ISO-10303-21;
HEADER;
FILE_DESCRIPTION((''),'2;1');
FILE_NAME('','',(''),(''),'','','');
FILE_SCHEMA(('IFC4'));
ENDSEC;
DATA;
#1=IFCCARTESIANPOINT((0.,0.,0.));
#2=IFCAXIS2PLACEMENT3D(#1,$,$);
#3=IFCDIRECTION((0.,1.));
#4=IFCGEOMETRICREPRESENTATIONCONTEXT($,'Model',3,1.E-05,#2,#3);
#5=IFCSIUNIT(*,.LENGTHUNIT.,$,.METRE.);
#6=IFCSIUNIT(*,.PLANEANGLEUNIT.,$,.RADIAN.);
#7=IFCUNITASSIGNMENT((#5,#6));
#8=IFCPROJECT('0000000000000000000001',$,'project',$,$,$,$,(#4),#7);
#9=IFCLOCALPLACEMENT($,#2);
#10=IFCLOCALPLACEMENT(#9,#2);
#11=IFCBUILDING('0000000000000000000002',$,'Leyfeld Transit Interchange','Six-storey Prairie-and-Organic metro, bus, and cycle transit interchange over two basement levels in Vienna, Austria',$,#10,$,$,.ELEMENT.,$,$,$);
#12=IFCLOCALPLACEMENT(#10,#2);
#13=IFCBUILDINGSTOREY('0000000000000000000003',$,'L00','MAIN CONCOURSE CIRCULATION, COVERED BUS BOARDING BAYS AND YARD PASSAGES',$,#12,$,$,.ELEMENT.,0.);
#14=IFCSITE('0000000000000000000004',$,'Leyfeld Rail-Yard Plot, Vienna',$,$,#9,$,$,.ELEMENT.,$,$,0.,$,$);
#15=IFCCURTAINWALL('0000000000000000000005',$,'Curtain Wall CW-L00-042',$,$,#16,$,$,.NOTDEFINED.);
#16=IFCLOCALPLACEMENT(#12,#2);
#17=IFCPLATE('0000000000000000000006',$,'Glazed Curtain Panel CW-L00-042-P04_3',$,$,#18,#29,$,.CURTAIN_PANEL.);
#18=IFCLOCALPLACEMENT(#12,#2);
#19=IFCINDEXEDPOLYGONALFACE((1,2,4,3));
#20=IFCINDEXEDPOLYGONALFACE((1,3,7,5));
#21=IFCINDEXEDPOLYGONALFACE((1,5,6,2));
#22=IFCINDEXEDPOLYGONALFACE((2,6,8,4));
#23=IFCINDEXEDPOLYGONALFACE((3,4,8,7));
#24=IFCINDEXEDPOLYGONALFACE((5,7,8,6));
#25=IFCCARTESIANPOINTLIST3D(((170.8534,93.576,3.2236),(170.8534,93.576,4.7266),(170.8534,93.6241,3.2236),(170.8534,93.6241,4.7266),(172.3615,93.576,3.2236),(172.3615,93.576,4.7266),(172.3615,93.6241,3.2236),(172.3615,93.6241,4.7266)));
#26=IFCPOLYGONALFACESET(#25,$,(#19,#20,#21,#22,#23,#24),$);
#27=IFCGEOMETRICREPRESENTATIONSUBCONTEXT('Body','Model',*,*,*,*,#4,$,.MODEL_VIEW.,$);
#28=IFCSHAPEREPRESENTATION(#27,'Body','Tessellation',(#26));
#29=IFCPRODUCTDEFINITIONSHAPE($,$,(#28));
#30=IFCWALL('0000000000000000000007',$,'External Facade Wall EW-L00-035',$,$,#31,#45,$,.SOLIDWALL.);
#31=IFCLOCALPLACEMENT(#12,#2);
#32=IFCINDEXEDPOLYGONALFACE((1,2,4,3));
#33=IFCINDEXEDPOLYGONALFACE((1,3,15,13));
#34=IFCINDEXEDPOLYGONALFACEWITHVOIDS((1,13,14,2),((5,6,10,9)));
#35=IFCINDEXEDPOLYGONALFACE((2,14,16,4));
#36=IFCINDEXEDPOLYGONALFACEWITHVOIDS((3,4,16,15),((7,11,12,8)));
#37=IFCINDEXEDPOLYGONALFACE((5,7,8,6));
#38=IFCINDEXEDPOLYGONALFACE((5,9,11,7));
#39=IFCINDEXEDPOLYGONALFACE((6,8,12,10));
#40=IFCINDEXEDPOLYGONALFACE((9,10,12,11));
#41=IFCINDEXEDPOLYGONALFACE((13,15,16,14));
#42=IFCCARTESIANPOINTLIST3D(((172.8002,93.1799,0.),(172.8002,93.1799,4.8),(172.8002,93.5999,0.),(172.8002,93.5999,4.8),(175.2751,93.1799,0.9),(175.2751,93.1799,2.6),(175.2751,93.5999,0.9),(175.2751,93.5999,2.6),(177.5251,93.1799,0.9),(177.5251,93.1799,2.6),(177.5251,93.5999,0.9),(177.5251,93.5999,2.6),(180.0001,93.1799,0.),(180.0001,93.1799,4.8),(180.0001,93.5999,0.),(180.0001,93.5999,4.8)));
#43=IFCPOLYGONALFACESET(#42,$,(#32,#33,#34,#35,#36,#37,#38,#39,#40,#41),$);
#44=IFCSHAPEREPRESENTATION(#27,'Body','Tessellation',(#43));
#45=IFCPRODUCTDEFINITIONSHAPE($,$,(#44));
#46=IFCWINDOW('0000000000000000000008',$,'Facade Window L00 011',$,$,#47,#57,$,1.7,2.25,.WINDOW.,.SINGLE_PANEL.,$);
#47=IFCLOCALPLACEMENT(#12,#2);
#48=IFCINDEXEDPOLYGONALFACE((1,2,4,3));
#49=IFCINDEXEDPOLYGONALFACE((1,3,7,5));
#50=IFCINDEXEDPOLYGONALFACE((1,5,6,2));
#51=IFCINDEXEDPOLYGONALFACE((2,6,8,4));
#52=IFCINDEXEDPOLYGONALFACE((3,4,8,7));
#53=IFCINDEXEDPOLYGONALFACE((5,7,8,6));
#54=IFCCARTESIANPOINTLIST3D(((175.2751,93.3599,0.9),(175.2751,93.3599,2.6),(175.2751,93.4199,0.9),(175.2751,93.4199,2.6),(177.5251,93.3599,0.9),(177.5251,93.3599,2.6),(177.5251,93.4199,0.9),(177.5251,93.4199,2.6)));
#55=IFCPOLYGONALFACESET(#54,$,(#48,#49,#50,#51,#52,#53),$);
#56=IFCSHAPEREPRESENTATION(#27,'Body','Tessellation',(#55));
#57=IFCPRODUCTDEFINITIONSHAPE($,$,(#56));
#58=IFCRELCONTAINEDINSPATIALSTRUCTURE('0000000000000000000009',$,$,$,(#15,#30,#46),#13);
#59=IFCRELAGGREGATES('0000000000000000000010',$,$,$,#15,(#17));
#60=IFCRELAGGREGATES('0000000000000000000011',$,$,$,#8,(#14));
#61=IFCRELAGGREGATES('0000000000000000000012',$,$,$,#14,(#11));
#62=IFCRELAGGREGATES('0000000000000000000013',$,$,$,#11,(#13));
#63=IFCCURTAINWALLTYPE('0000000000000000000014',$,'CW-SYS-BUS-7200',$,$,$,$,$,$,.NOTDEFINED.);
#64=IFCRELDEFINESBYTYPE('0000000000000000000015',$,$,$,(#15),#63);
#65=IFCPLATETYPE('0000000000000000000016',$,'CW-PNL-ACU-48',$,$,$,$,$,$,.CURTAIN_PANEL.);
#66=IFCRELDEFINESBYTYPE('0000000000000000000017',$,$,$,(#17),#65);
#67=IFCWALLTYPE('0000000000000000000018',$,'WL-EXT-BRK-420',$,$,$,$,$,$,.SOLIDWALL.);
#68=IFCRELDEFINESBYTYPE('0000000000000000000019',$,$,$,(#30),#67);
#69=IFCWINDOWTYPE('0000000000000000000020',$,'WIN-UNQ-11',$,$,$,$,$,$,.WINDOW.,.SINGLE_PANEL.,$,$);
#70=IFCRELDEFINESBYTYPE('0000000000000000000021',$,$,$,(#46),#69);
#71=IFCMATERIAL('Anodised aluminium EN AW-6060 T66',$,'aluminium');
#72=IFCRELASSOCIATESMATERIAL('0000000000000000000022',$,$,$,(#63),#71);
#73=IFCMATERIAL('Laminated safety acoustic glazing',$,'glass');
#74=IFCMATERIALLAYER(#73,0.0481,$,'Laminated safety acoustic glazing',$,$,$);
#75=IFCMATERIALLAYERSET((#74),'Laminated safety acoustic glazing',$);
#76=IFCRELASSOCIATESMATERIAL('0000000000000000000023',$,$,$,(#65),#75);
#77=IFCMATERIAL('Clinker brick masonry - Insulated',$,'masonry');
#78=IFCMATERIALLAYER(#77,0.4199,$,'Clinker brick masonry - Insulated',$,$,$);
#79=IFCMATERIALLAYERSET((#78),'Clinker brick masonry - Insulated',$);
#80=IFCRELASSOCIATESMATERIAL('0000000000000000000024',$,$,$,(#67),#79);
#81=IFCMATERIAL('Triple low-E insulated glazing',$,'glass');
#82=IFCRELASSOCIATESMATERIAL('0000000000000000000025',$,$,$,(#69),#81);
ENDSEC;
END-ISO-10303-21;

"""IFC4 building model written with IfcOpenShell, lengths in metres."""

from ifc_helpers import new_model, si_unit, direction, frame, frame_2d, origin, origin_2d, place, context, subcontext, project, spatial, rectangle, extrude, material, layer, layer_set, type_object, element, fill, aggregate, save


model = new_model("IFC4")

# Units and contexts
model_context = context("Model", 3, precision=1e-05, world=origin(), true_north=direction((0.0, 1.0)))
body_context = subcontext(model_context, "Body", "Model", "MODEL_VIEW")
ifc_project = project(units=[si_unit("LENGTHUNIT", "METRE"), si_unit("PLANEANGLEUNIT", "RADIAN")], contexts=[model_context])

# Site, building, storey
site_placement = place(None, origin())
site = spatial("IfcSite", under=ifc_project, at=site_placement, Name="Leyfeld Rail-Yard Plot, Vienna", CompositionType="ELEMENT", RefElevation=0.0)
building_placement = place(site_placement, origin())
building = spatial("IfcBuilding", under=site, at=building_placement, Name="Leyfeld Transit Interchange", Description="Six-storey Prairie-and-Organic metro, bus, and cycle transit interchange over two basement levels in Vienna, Austria", CompositionType="ELEMENT")
storey_placement = place(building_placement, origin())
storey = spatial("IfcBuildingStorey", under=building, at=storey_placement, Name="L00", Description="MAIN CONCOURSE CIRCULATION, COVERED BUS BOARDING BAYS AND YARD PASSAGES", CompositionType="ELEMENT", Elevation=0.0)

# Curtain wall, plate
ifc_material_1 = material(Name="Anodised aluminium EN AW-6060 T66", Category="aluminium")
curtain_wall_type = type_object("IfcCurtainWallType", Name="CW-SYS-BUS-7200", PredefinedType="NOTDEFINED", material=ifc_material_1)
curtain_wall_placement = place(storey_placement, origin())
curtain_wall = element("IfcCurtainWall", 1, at=curtain_wall_placement, inside=storey, type_object=curtain_wall_type, Name="Curtain Wall CW-L00-042", PredefinedType="NOTDEFINED")
ifc_material_2 = material(Name="Laminated safety acoustic glazing", Category="glass")
ifc_layer_1 = layer(ifc_material_2, 0.0481, Name="Laminated safety acoustic glazing")
ifc_layer_set_1 = layer_set([ifc_layer_1], Name="Laminated safety acoustic glazing")
plate_type = type_object("IfcPlateType", Name="CW-PNL-ACU-48", PredefinedType="CURTAIN_PANEL", material=ifc_layer_set_1)
plate_1_placement = place(storey_placement, frame((171.6074, 93.6001, 3.2236), z_axis=(0.0, 0.0, 1.0), x_axis=(1.0, 0.0, 0.0)))
plate_1 = element("IfcPlate", 2, at=plate_1_placement, type_object=plate_type, Name="Glazed Curtain Panel CW-L00-042-P04_3", PredefinedType="CURTAIN_PANEL", context=body_context, shape_type="SweptSolid", body=[
    extrude(rectangle(XDim=1.5081, YDim=0.0481, at=origin_2d()), origin(), (0.0, 0.0, 1.0), 1.5029),
])
aggregate(curtain_wall, [plate_1])

# Wall, opening, window
ifc_material_3 = material(Name="Clinker brick masonry - Insulated", Category="masonry")
ifc_layer_2 = layer(ifc_material_3, 0.4199, Name="Clinker brick masonry - Insulated")
ifc_layer_set_2 = layer_set([ifc_layer_2], Name="Clinker brick masonry - Insulated")
wall_type = type_object("IfcWallType", Name="WL-EXT-BRK-420", PredefinedType="SOLIDWALL", material=ifc_layer_set_2)
wall_placement = place(storey_placement, frame((172.8, 93.3899, 0.0), z_axis=(0.0, 0.0, 1.0), x_axis=(1.0, 0.0, 0.0)))
wall = element("IfcWall", 3, at=wall_placement, inside=storey, type_object=wall_type, Name="External Facade Wall EW-L00-035", PredefinedType="SOLIDWALL", context=body_context, shape_type="SweptSolid", body=[
    extrude(rectangle(XDim=7.2, YDim=0.4199, at=frame_2d((3.6001, 0.0))), origin(), (0.0, 0.0, 1.0), 4.8),
])
opening_placement = place(wall_placement, frame((2.4751, 0.0, 0.8999)))
opening = element("IfcOpeningElement", 4, at=opening_placement, cuts=wall, PredefinedType="OPENING", context=body_context, shape_type="SweptSolid", body=[
    extrude(rectangle(XDim=2.25, YDim=1.7, at=frame_2d((1.125, 0.8501))), frame((0.0, 0.22, 0.0), z_axis=(0.0, -1.0, 0.0), x_axis=(1.0, 0.0, 0.0)), (0.0, 0.0, 1.0), 0.4399),
])
ifc_material_4 = material(Name="Triple low-E insulated glazing", Category="glass")
window_type = type_object("IfcWindowType", Name="WIN-UNQ-11", PartitioningType="SINGLE_PANEL", PredefinedType="WINDOW", material=ifc_material_4)
window_placement = place(opening_placement, origin())
window = element("IfcWindow", 5, at=window_placement, inside=storey, type_object=window_type, Name="Facade Window L00 011", OverallHeight=1.7, OverallWidth=2.25, PartitioningType="SINGLE_PANEL", PredefinedType="WINDOW", context=body_context, shape_type="SweptSolid", body=[
    extrude(rectangle(XDim=2.25, YDim=1.7, at=frame_2d((1.125, 0.8501))), frame((0.0, 0.03, 0.0), z_axis=(0.0, -1.0, 0.0), x_axis=(1.0, 0.0, 0.0)), (0.0, 0.0, 1.0), 0.0601),
])
fill(opening, window)

save(model, "model.ifc")
